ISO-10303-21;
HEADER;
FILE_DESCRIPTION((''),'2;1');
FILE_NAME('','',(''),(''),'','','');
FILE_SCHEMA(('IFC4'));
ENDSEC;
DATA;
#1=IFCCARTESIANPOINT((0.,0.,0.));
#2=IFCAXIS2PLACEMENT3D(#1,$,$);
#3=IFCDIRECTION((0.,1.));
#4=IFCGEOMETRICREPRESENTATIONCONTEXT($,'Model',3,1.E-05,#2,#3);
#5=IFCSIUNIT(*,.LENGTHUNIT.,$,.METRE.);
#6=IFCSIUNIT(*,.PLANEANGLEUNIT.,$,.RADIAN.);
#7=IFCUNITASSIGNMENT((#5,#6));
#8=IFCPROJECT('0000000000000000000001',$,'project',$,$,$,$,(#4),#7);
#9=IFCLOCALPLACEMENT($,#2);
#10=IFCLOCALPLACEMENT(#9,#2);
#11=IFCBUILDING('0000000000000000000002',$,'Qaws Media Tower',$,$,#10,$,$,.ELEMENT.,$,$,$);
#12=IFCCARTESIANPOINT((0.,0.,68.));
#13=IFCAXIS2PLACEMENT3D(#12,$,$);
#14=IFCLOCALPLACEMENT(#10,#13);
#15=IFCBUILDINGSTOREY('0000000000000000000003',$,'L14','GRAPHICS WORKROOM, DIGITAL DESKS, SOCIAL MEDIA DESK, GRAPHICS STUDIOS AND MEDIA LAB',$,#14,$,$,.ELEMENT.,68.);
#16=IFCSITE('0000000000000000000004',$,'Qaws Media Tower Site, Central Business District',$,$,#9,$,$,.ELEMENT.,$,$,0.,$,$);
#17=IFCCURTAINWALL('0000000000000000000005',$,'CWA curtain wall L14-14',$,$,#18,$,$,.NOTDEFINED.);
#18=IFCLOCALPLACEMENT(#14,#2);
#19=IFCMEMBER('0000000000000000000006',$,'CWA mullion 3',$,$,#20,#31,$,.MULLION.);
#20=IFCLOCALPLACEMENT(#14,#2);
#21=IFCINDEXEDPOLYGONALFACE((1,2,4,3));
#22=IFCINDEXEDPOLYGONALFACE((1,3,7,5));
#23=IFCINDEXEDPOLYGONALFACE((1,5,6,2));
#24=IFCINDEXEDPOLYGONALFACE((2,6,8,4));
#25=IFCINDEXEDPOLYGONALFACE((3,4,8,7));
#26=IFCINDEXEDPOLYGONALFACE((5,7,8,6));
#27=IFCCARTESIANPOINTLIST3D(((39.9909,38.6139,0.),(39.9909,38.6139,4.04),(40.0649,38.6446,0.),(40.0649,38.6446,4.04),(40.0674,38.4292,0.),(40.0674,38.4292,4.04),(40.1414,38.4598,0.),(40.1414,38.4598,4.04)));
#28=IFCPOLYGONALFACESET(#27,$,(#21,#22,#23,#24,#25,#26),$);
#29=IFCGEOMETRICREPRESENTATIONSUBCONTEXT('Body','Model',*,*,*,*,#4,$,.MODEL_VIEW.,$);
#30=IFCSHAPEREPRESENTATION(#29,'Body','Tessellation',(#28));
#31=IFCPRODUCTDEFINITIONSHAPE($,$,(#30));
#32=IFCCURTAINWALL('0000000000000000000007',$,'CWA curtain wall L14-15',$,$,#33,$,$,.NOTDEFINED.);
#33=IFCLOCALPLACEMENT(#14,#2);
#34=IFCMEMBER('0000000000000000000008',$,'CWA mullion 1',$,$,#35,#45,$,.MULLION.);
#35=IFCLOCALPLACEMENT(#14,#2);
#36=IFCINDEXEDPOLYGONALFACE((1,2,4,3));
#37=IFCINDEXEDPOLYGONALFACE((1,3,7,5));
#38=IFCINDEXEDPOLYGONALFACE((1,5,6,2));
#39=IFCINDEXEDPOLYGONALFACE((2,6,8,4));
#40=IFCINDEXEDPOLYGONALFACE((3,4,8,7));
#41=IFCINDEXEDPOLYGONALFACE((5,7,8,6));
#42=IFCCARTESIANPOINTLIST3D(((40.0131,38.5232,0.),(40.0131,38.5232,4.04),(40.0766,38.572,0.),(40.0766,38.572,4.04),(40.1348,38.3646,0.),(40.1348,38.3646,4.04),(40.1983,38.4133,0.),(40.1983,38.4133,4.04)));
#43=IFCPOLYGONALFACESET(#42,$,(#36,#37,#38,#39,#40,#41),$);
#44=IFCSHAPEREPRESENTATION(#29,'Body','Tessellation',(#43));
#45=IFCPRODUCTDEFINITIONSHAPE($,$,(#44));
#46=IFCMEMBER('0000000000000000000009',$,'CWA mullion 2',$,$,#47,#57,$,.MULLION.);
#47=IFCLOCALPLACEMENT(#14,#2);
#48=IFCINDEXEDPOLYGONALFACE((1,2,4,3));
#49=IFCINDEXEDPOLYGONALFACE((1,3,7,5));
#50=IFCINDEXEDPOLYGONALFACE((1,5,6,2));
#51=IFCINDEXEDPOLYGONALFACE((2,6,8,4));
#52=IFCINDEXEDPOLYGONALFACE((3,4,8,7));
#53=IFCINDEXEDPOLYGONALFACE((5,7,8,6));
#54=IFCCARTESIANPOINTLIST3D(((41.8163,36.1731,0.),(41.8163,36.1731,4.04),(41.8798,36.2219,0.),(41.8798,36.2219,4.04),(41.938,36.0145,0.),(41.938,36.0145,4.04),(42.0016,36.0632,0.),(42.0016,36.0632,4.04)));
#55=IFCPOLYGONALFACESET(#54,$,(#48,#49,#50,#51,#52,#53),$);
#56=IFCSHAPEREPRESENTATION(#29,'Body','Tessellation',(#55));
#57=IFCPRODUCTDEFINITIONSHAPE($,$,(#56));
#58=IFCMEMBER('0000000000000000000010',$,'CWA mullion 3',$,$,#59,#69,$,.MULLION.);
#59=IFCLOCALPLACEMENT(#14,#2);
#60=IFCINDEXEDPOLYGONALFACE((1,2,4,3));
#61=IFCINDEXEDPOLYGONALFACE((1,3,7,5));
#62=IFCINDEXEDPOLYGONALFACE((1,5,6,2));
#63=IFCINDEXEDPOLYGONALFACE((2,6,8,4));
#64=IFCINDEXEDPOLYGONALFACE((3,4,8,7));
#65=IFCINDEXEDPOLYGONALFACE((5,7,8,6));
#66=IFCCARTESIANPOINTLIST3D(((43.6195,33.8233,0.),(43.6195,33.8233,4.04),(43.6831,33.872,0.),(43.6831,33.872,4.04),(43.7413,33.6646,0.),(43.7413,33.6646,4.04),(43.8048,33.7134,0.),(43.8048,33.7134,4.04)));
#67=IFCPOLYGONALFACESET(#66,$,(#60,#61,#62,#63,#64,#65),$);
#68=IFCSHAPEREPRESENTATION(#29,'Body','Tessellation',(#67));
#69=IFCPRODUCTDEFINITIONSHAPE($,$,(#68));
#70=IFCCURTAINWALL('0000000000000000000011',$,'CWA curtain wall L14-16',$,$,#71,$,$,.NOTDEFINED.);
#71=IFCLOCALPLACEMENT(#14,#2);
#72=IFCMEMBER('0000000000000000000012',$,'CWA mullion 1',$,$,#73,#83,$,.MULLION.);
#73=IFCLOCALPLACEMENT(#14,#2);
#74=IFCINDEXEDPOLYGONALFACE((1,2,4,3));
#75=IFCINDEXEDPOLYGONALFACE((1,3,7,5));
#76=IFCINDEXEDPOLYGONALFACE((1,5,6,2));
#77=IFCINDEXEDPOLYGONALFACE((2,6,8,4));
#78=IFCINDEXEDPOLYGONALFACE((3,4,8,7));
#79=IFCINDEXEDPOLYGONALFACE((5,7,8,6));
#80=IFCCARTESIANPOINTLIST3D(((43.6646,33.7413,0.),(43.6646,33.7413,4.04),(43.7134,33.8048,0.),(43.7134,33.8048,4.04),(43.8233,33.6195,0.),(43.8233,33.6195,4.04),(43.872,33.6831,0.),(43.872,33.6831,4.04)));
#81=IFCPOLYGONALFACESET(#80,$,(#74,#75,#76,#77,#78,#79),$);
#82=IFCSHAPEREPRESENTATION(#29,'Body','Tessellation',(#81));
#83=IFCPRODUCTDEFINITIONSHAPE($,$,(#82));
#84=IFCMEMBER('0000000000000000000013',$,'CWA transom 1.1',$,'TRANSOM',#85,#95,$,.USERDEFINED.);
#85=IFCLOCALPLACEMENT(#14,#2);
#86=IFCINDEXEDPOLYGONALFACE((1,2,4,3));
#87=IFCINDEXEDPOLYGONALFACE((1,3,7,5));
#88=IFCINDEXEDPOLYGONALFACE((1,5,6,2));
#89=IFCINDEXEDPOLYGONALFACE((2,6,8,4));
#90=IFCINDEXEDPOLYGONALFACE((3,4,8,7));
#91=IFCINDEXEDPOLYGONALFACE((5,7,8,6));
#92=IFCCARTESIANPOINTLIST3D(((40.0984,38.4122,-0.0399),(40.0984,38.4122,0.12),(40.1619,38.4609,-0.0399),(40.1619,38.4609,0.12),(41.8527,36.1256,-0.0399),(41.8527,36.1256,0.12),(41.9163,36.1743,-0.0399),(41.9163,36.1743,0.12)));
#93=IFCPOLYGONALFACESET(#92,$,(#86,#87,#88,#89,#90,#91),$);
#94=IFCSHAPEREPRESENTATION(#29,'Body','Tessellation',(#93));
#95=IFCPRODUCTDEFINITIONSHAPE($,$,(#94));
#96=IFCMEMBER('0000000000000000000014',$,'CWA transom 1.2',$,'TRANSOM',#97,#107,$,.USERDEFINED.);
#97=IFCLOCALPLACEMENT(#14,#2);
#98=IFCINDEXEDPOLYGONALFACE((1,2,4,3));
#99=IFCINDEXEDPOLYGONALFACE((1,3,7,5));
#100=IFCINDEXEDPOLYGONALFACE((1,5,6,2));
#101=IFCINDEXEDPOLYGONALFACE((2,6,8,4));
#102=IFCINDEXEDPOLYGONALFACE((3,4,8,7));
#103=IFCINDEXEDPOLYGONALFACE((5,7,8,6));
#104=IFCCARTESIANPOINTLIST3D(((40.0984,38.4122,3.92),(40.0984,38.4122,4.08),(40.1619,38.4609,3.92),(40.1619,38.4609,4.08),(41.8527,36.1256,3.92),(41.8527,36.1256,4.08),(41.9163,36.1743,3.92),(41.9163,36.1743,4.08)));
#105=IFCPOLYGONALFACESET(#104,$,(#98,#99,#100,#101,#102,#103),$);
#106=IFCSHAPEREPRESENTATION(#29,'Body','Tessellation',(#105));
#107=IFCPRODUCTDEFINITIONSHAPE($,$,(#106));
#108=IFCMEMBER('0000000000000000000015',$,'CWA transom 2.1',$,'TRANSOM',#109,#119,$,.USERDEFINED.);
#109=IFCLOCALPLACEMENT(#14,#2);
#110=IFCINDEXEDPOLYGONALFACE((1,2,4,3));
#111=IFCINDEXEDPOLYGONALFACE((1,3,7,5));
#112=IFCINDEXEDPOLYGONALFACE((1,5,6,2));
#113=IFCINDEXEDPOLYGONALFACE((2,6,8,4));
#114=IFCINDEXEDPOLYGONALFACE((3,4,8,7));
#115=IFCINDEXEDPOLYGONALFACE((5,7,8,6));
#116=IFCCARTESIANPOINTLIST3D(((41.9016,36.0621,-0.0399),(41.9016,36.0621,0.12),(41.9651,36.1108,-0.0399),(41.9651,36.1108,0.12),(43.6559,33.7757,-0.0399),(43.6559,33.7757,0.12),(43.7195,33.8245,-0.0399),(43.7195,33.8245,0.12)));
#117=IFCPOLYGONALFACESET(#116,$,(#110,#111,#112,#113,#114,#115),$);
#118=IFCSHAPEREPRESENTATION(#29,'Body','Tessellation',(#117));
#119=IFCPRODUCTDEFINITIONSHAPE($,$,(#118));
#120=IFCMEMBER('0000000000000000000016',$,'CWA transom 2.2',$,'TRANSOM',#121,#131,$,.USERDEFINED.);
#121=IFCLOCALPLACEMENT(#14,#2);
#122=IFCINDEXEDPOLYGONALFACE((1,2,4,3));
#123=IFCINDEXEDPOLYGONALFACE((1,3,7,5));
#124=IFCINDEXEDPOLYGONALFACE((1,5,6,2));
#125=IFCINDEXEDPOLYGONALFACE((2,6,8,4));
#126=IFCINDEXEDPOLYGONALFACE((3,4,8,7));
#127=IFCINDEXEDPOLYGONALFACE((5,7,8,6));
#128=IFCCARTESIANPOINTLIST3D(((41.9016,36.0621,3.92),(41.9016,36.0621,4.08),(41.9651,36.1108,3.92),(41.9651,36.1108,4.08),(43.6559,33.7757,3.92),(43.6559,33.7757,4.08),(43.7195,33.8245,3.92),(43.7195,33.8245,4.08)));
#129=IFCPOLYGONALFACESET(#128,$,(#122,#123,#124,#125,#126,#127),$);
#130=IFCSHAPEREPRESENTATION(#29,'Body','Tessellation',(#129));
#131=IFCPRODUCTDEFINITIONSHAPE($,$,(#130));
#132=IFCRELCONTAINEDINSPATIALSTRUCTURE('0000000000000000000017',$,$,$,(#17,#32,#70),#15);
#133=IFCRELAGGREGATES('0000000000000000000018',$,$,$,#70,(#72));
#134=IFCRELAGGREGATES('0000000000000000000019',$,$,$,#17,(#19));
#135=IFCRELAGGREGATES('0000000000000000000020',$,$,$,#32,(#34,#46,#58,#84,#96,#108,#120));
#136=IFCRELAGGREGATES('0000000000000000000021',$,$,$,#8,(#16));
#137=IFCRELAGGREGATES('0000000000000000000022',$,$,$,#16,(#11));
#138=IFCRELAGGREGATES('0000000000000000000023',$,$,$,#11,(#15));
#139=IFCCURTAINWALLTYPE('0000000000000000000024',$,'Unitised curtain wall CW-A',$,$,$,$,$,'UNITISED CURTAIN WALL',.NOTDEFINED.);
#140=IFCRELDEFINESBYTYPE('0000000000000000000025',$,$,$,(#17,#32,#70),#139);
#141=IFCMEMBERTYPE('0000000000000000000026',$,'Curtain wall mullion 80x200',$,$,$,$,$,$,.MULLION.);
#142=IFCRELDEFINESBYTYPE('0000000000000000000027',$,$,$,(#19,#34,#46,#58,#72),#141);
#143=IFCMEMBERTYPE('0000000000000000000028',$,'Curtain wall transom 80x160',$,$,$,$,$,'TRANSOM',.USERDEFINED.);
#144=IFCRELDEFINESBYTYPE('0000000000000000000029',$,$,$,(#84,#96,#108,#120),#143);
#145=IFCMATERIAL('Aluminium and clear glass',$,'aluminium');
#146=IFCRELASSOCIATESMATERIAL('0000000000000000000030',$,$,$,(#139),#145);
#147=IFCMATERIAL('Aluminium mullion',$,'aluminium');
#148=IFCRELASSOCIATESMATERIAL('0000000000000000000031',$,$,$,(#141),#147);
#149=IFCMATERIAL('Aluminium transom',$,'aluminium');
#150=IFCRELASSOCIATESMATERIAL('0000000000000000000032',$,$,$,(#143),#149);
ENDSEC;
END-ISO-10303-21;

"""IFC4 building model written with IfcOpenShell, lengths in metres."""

from ifc_helpers import new_model, si_unit, direction, frame, origin, origin_2d, place, context, subcontext, project, spatial, rectangle, extrude, material, material_profile, profile_set, type_object, element, aggregate, save


model = new_model("IFC4")

# Units and contexts
model_context = context("Model", 3, precision=1e-05, world=origin(), true_north=direction((0.0, 1.0)))
body_context = subcontext(model_context, "Body", "Model", "MODEL_VIEW")
ifc_project = project(units=[si_unit("LENGTHUNIT", "METRE"), si_unit("PLANEANGLEUNIT", "RADIAN")], contexts=[model_context])

# Site, building, storey
site_placement = place(None, origin())
site = spatial("IfcSite", under=ifc_project, at=site_placement, Name="Qaws Media Tower Site, Central Business District", CompositionType="ELEMENT", RefElevation=0.0)
building_placement = place(site_placement, origin())
building = spatial("IfcBuilding", under=site, at=building_placement, Name="Qaws Media Tower", CompositionType="ELEMENT")
storey_placement = place(building_placement, frame((0.0, 0.0, 68.0)))
storey = spatial("IfcBuildingStorey", under=building, at=storey_placement, Name="L14", Description="GRAPHICS WORKROOM, DIGITAL DESKS, SOCIAL MEDIA DESK, GRAPHICS STUDIOS AND MEDIA LAB", CompositionType="ELEMENT", Elevation=68.0)

# Curtain wall, member
ifc_material_1 = material(Name="Aluminium and clear glass", Category="aluminium")
curtain_wall_type = type_object("IfcCurtainWallType", Name="Unitised curtain wall CW-A", ElementType="UNITISED CURTAIN WALL", PredefinedType="NOTDEFINED", material=ifc_material_1)
curtain_wall_1_placement = place(storey_placement, origin())
curtain_wall_1 = element("IfcCurtainWall", 1, at=curtain_wall_1_placement, inside=storey, type_object=curtain_wall_type, Name="CWA curtain wall L14-14", PredefinedType="NOTDEFINED")
ifc_material_2 = material(Name="Aluminium mullion", Category="aluminium")
ifc_material_profile_1 = material_profile(ifc_material_2, rectangle(XDim=0.0801, YDim=0.2, at=origin_2d()), Name="80x200")
ifc_profile_set_1 = profile_set([ifc_material_profile_1], Name="Aluminium mullion")
member_type_1 = type_object("IfcMemberType", Name="Curtain wall mullion 80x200", PredefinedType="MULLION", material=ifc_profile_set_1)
member_1_placement = place(storey_placement, frame((40.0662, 38.5369, 0.0), z_axis=(0.0, 0.0, 1.0), x_axis=(0.92388, 0.382683, 0.0)))
member_1 = element("IfcMember", 2, at=member_1_placement, type_object=member_type_1, Name="CWA mullion 3", PredefinedType="MULLION", context=body_context, shape_type="SweptSolid", body=[
    extrude(rectangle(XDim=0.0801, YDim=0.2, at=origin_2d()), origin(), (0.0, 0.0, 1.0), 4.04),
])

# Curtain wall, members
curtain_wall_2_placement = place(storey_placement, origin())
curtain_wall_2 = element("IfcCurtainWall", 3, at=curtain_wall_2_placement, inside=storey, type_object=curtain_wall_type, Name="CWA curtain wall L14-15", PredefinedType="NOTDEFINED")
member_2_placement = place(storey_placement, frame((40.1057, 38.4683, 0.0), z_axis=(0.0, 0.0, 1.0), x_axis=(0.793353, 0.608761, 0.0)))
member_2 = element("IfcMember", 4, at=member_2_placement, type_object=member_type_1, Name="CWA mullion 1", PredefinedType="MULLION", context=body_context, shape_type="SweptSolid", body=[
    extrude(rectangle(XDim=0.0801, YDim=0.2, at=origin_2d()), origin(), (0.0, 0.0, 1.0), 4.04),
])
member_3_placement = place(storey_placement, frame((41.9089, 36.1182, 0.0), z_axis=(0.0, 0.0, 1.0), x_axis=(0.793353, 0.608761, 0.0)))
member_3 = element("IfcMember", 5, at=member_3_placement, type_object=member_type_1, Name="CWA mullion 2", PredefinedType="MULLION", context=body_context, shape_type="SweptSolid", body=[
    extrude(rectangle(XDim=0.0801, YDim=0.2, at=origin_2d()), origin(), (0.0, 0.0, 1.0), 4.04),
])
member_4_placement = place(storey_placement, frame((43.7122, 33.7683, 0.0), z_axis=(0.0, 0.0, 1.0), x_axis=(0.793353, 0.608761, 0.0)))
member_4 = element("IfcMember", 6, at=member_4_placement, type_object=member_type_1, Name="CWA mullion 3", PredefinedType="MULLION", context=body_context, shape_type="SweptSolid", body=[
    extrude(rectangle(XDim=0.0801, YDim=0.2, at=origin_2d()), origin(), (0.0, 0.0, 1.0), 4.04),
])

# Curtain wall, member
curtain_wall_3_placement = place(storey_placement, origin())
curtain_wall_3 = element("IfcCurtainWall", 7, at=curtain_wall_3_placement, inside=storey, type_object=curtain_wall_type, Name="CWA curtain wall L14-16", PredefinedType="NOTDEFINED")
member_5_placement = place(storey_placement, frame((43.7683, 33.7122, 0.0), z_axis=(0.0, 0.0, 1.0), x_axis=(0.608761, 0.793353, 0.0)))
member_5 = element("IfcMember", 8, at=member_5_placement, type_object=member_type_1, Name="CWA mullion 1", PredefinedType="MULLION", context=body_context, shape_type="SweptSolid", body=[
    extrude(rectangle(XDim=0.0801, YDim=0.2, at=origin_2d()), origin(), (0.0, 0.0, 1.0), 4.04),
])
aggregate(curtain_wall_3, [member_5])

# Members
ifc_material_3 = material(Name="Aluminium transom", Category="aluminium")
ifc_material_profile_2 = material_profile(ifc_material_3, rectangle(XDim=0.0801, YDim=0.1599, at=origin_2d()), Name="80x160")
ifc_profile_set_2 = profile_set([ifc_material_profile_2], Name="Aluminium transom")
member_type_2 = type_object("IfcMemberType", Name="Curtain wall transom 80x160", ElementType="TRANSOM", PredefinedType="USERDEFINED", material=ifc_profile_set_2)
member_6_placement = place(storey_placement, frame((40.1301, 38.4365, 0.04), z_axis=(0.60872, -0.793385, 0.0), x_axis=(0.793385, 0.60872, 0.0)))
member_6 = element("IfcMember", 9, at=member_6_placement, type_object=member_type_2, Name="CWA transom 1.1", ObjectType="TRANSOM", PredefinedType="USERDEFINED", context=body_context, shape_type="SweptSolid", body=[
    extrude(rectangle(XDim=0.0801, YDim=0.1599, at=origin_2d()), origin(), (0.0, 0.0, 1.0), 2.8821),
])
member_7_placement = place(storey_placement, frame((40.1301, 38.4365, 4.0), z_axis=(0.60872, -0.793385, 0.0), x_axis=(0.793385, 0.60872, 0.0)))
member_7 = element("IfcMember", 10, at=member_7_placement, type_object=member_type_2, Name="CWA transom 1.2", ObjectType="TRANSOM", PredefinedType="USERDEFINED", context=body_context, shape_type="SweptSolid", body=[
    extrude(rectangle(XDim=0.0801, YDim=0.1599, at=origin_2d()), origin(), (0.0, 0.0, 1.0), 2.8821),
])
member_8_placement = place(storey_placement, frame((41.9333, 36.0864, 0.04), z_axis=(0.608761, -0.793354, 0.0), x_axis=(0.793354, 0.608761, 0.0)))
member_8 = element("IfcMember", 11, at=member_8_placement, type_object=member_type_2, Name="CWA transom 2.1", ObjectType="TRANSOM", PredefinedType="USERDEFINED", context=body_context, shape_type="SweptSolid", body=[
    extrude(rectangle(XDim=0.0801, YDim=0.1599, at=origin_2d()), origin(), (0.0, 0.0, 1.0), 2.8818),
])
member_9_placement = place(storey_placement, frame((41.9333, 36.0864, 4.0), z_axis=(0.608761, -0.793354, 0.0), x_axis=(0.793354, 0.608761, 0.0)))
member_9 = element("IfcMember", 12, at=member_9_placement, type_object=member_type_2, Name="CWA transom 2.2", ObjectType="TRANSOM", PredefinedType="USERDEFINED", context=body_context, shape_type="SweptSolid", body=[
    extrude(rectangle(XDim=0.0801, YDim=0.1599, at=origin_2d()), origin(), (0.0, 0.0, 1.0), 2.8818),
])

aggregate(curtain_wall_1, [member_1])
aggregate(curtain_wall_2, [member_2, member_3, member_4, member_6, member_7, member_8, member_9])

save(model, "model.ifc")
